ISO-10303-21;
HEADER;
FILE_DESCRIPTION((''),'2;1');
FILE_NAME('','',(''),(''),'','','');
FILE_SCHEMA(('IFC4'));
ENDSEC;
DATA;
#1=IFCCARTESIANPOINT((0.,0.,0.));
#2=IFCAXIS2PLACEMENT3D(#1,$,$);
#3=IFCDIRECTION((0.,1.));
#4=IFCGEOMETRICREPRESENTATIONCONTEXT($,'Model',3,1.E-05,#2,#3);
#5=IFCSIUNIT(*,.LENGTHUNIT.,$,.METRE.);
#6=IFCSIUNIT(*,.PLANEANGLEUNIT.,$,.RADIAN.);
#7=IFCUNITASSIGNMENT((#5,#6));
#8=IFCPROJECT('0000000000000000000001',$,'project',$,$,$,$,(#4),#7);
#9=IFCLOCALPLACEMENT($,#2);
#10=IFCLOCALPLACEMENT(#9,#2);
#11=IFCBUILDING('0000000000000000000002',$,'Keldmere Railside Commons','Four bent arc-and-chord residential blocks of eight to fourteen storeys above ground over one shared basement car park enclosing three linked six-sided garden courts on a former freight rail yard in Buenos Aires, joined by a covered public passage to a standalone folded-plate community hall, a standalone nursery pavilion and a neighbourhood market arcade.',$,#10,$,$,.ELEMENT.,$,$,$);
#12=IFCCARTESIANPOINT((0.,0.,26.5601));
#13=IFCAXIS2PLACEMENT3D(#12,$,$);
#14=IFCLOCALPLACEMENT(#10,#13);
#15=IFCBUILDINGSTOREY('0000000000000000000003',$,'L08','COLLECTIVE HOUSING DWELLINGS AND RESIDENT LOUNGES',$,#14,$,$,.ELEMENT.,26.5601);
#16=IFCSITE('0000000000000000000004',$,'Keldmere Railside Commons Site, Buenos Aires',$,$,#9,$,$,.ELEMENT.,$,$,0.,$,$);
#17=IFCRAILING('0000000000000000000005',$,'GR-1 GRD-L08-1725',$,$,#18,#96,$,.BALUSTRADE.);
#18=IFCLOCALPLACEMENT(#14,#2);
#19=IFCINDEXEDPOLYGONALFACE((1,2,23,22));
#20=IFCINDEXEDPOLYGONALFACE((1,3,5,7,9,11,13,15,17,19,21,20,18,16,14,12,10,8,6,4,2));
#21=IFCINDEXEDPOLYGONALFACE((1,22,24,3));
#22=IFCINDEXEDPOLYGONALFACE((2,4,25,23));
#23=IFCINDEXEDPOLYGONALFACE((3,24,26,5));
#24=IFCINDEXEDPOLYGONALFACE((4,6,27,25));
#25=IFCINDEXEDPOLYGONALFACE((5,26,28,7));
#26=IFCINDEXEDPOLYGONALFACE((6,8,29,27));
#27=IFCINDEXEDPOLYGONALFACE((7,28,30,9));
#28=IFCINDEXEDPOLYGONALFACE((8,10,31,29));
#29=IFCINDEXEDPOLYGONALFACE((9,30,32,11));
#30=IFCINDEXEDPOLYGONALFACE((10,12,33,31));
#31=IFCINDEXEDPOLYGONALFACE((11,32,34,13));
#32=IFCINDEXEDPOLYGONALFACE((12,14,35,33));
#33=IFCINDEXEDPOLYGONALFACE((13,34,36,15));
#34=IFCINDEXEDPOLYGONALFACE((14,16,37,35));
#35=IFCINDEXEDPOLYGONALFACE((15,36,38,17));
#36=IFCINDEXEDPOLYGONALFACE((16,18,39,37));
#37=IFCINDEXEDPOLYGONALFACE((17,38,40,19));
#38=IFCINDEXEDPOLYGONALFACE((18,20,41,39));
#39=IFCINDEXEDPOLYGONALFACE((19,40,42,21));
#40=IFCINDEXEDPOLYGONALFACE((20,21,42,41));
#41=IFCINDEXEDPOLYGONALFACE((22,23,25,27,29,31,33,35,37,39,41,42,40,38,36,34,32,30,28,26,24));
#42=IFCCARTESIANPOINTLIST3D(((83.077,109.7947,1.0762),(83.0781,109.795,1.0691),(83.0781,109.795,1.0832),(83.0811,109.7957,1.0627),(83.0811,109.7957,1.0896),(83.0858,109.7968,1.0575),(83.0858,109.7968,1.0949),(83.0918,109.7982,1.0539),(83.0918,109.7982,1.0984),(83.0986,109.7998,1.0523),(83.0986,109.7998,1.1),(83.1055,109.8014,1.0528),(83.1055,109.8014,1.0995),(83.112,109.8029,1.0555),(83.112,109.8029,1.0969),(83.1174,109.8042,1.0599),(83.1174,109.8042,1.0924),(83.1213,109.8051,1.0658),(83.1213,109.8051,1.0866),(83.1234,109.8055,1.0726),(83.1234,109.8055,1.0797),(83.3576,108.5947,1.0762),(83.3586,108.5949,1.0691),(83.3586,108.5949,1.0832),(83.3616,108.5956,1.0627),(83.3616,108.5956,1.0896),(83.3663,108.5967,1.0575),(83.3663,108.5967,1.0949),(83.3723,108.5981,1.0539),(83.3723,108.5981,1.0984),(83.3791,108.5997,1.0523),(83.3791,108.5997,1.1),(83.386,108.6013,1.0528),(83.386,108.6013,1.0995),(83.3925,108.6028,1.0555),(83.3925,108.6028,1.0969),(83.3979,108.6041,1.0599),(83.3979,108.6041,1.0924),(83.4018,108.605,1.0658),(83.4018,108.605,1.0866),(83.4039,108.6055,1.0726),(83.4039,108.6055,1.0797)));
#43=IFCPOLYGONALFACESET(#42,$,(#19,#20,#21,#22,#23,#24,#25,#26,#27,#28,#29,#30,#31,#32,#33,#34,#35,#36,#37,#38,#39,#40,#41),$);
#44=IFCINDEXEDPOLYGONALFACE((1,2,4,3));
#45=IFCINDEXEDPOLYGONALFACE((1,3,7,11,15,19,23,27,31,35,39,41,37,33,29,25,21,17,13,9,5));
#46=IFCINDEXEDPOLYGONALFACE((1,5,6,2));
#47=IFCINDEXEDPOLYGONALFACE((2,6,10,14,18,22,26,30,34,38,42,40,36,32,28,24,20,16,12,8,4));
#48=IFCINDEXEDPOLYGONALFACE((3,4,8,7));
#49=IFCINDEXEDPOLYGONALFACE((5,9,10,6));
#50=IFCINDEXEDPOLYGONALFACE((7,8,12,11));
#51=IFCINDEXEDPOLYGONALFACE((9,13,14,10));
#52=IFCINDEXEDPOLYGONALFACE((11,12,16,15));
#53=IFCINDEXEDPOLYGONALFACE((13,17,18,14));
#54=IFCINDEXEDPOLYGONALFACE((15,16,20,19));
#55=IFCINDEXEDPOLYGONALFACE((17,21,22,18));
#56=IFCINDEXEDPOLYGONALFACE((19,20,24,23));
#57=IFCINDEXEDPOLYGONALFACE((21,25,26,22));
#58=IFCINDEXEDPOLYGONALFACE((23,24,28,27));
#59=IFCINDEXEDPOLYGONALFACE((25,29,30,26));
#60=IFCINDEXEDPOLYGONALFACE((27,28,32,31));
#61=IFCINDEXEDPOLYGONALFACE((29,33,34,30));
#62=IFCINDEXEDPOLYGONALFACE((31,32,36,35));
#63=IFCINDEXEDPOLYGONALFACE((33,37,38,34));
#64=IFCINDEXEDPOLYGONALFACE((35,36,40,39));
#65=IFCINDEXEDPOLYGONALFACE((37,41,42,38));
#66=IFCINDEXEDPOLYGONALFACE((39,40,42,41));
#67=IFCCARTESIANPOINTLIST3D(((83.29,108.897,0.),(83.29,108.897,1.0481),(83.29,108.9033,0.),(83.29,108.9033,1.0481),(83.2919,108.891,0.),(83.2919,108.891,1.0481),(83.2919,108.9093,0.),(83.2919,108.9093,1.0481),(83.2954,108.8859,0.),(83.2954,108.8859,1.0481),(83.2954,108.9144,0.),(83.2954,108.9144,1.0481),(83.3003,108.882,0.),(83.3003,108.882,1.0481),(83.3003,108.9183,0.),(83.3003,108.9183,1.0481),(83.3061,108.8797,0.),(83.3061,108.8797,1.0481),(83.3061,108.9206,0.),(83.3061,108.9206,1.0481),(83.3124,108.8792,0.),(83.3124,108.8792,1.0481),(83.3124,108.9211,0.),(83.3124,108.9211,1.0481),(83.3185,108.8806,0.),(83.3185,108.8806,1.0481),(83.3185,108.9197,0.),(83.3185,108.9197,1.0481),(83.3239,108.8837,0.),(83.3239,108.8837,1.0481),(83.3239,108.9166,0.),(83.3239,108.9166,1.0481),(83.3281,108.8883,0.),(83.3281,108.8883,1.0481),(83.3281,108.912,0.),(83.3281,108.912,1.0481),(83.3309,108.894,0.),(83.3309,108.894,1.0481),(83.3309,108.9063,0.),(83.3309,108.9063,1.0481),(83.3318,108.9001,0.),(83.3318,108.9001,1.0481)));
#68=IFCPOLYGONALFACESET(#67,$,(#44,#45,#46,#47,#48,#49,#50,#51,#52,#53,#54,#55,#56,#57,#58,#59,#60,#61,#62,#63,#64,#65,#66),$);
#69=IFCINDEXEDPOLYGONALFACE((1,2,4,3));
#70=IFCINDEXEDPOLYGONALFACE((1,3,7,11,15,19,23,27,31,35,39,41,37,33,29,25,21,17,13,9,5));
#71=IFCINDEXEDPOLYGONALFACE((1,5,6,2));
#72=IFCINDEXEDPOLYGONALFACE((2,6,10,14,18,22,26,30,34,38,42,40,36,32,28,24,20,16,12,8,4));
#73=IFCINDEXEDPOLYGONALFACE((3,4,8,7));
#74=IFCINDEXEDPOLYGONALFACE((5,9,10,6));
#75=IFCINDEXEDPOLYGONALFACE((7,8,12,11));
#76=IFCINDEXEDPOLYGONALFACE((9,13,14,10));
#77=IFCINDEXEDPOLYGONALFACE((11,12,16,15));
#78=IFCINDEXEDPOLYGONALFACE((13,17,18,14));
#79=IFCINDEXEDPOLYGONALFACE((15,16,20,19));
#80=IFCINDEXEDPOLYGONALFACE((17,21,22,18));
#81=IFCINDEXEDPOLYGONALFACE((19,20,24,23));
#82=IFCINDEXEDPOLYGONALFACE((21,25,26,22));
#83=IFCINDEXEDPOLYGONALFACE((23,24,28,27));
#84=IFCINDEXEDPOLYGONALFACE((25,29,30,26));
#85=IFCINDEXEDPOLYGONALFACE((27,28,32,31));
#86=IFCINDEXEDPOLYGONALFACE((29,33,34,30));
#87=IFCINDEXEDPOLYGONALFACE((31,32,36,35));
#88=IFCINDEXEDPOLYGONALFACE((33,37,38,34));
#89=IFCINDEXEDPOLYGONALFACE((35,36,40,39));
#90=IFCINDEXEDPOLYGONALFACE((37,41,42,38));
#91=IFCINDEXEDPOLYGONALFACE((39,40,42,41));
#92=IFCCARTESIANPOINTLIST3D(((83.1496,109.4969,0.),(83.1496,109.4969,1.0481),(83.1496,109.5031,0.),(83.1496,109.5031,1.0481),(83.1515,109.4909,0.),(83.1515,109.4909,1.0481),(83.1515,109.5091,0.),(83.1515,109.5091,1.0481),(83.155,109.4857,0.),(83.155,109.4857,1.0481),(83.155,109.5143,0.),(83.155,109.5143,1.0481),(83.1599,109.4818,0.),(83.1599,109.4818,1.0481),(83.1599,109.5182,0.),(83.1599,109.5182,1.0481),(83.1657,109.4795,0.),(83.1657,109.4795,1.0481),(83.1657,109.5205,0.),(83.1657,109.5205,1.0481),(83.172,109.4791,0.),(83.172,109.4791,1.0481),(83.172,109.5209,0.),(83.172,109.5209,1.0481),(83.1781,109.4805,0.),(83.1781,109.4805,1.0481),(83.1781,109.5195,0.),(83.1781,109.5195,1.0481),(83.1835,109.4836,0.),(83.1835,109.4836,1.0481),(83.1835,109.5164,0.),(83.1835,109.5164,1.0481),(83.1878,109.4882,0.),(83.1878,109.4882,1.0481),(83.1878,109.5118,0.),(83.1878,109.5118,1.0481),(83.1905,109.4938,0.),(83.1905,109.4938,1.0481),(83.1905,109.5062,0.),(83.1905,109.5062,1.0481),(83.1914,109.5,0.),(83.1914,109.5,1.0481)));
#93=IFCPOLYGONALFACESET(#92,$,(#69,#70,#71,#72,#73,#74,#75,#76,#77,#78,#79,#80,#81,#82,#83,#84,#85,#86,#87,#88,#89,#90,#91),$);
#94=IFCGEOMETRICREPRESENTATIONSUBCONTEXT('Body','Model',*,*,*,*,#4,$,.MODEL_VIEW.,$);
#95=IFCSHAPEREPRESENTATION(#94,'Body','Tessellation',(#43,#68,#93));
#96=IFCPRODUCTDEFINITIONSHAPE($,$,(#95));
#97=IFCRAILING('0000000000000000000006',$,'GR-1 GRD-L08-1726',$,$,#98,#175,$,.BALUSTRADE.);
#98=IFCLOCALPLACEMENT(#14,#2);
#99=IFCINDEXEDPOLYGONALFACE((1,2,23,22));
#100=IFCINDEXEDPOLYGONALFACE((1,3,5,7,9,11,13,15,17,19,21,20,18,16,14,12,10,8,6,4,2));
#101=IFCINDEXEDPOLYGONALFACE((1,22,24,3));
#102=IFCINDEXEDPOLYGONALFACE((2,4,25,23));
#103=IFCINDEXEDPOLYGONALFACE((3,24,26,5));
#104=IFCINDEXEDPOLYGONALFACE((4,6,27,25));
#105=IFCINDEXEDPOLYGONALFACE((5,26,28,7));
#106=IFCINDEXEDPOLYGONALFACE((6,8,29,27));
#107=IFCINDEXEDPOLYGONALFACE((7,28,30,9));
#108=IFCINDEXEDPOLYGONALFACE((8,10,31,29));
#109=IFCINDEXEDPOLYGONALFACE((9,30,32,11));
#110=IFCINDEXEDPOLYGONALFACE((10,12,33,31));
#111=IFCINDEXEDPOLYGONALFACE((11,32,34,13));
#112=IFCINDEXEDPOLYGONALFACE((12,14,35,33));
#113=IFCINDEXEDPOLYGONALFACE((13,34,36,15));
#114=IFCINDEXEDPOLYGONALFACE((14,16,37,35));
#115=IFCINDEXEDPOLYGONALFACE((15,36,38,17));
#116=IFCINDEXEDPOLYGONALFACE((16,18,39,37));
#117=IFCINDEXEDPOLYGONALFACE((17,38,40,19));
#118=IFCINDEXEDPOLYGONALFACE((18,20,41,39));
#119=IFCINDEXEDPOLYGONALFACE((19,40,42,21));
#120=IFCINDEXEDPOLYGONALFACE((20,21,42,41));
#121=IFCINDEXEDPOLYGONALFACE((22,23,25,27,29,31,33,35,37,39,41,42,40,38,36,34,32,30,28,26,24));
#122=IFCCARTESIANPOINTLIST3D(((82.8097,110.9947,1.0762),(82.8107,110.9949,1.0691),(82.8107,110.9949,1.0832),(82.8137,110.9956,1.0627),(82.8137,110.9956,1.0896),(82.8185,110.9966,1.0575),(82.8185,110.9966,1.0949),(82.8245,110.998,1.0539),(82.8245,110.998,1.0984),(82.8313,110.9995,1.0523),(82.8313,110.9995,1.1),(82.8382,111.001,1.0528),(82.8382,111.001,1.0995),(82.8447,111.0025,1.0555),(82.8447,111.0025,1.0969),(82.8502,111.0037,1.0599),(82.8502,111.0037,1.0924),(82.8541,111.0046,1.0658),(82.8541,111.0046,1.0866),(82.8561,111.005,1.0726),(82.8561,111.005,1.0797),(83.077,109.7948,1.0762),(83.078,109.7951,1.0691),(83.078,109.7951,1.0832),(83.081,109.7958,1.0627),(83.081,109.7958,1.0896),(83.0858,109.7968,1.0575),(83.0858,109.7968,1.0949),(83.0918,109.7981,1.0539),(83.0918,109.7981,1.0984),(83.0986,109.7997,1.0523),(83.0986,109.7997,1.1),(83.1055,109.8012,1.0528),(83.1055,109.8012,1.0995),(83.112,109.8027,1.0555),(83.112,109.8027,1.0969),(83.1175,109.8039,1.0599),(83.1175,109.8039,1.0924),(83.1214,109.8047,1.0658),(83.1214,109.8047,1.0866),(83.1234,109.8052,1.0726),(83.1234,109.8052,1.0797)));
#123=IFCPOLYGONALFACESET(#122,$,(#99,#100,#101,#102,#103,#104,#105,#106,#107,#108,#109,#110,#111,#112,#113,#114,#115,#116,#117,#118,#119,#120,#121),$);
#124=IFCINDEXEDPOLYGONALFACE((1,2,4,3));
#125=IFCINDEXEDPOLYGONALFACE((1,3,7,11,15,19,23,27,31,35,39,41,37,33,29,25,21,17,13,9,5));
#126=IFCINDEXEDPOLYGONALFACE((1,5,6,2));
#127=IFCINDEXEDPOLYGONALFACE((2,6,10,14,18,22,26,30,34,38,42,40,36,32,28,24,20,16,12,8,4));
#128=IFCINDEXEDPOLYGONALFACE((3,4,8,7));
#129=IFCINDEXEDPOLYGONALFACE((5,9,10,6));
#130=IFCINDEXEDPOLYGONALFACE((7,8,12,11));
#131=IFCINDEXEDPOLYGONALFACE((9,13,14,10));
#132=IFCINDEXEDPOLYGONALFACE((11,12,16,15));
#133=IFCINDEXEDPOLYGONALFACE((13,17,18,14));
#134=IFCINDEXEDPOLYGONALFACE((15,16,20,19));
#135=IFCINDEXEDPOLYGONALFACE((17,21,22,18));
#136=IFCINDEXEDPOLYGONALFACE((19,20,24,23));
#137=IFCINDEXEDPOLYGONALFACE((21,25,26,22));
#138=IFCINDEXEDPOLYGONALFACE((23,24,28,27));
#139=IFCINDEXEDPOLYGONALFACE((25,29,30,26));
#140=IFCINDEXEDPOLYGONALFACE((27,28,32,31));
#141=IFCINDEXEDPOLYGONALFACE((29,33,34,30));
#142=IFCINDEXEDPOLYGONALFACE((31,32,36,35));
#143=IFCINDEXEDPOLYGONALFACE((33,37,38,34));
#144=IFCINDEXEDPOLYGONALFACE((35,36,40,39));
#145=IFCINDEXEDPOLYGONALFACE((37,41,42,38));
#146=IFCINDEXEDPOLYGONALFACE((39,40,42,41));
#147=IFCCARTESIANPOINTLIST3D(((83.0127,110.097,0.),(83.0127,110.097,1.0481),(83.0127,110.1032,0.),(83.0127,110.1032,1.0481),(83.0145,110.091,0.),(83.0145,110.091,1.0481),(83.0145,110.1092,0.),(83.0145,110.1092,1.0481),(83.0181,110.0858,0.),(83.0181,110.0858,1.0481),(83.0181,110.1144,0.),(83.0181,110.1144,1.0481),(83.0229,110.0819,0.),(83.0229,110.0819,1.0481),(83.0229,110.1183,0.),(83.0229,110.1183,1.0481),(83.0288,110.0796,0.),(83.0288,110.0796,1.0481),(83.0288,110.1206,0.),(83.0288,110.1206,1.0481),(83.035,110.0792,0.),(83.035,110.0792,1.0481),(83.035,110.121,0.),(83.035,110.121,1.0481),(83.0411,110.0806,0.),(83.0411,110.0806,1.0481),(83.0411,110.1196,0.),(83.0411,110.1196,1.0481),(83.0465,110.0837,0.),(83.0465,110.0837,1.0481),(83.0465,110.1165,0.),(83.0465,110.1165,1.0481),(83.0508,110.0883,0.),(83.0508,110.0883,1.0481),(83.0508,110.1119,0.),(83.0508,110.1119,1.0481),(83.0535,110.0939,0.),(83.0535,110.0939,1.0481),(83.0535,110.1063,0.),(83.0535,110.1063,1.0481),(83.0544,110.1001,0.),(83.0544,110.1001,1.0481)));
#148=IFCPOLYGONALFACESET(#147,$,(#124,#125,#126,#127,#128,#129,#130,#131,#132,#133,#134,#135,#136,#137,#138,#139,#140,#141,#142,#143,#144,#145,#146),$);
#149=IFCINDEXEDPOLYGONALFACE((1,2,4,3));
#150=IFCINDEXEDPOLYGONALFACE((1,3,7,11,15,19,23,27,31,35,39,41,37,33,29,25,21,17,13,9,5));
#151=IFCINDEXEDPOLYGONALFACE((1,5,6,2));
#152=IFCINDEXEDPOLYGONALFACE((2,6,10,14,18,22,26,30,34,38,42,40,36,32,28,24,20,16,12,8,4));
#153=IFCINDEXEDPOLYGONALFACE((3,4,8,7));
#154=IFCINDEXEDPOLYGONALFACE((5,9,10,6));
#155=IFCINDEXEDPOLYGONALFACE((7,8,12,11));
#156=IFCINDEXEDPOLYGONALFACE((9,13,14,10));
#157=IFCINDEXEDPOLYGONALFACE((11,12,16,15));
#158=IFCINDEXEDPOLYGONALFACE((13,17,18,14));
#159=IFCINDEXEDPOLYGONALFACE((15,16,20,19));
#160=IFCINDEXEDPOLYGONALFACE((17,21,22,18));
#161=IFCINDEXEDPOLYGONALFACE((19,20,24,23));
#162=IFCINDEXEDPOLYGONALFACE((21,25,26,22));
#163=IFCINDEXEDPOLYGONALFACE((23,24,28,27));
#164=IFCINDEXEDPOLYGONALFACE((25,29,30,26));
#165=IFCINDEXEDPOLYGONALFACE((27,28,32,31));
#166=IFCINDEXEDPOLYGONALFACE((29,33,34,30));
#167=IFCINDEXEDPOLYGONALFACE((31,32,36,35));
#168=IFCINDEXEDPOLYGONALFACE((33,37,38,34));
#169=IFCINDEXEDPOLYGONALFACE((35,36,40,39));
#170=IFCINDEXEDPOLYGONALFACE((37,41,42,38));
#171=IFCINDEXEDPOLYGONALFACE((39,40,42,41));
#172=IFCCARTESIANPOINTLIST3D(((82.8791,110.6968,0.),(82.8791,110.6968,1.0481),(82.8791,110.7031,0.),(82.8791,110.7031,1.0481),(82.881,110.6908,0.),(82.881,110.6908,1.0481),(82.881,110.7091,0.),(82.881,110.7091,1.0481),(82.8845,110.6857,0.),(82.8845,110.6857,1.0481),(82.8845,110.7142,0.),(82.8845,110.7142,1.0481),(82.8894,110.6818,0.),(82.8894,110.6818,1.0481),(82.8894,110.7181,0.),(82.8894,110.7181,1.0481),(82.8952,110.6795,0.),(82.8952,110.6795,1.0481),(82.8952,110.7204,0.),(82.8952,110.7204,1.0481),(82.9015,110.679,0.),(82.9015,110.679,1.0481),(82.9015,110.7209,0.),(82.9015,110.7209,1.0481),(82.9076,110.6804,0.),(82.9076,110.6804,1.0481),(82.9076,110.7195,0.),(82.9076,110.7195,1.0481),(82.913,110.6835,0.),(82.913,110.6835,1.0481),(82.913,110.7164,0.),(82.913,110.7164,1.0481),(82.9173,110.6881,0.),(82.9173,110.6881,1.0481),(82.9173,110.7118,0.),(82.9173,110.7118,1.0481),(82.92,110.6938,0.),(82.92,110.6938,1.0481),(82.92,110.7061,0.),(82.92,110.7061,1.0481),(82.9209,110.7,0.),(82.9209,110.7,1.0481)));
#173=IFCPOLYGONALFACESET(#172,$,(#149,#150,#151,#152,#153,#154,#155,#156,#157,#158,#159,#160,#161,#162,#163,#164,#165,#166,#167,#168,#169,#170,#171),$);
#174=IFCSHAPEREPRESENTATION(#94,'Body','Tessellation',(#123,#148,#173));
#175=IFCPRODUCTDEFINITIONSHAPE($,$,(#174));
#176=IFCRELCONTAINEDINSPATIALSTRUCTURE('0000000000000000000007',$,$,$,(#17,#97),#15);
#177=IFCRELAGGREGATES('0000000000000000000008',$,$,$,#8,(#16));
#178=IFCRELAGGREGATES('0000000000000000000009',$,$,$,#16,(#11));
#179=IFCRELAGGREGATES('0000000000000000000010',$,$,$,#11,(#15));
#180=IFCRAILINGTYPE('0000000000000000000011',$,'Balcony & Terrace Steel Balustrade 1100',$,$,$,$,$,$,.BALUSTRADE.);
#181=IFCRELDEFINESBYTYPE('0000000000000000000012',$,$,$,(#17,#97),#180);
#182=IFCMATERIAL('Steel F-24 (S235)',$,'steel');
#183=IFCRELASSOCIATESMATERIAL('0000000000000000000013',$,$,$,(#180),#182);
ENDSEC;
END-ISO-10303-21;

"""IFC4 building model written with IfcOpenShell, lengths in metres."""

from ifc_helpers import new_model, si_unit, direction, frame, origin, origin_2d, place, context, subcontext, project, spatial, circle, extrude, material, type_object, element, save


model = new_model("IFC4")

# Units and contexts
model_context = context("Model", 3, precision=1e-05, world=origin(), true_north=direction((0.0, 1.0)))
body_context = subcontext(model_context, "Body", "Model", "MODEL_VIEW")
ifc_project = project(units=[si_unit("LENGTHUNIT", "METRE"), si_unit("PLANEANGLEUNIT", "RADIAN")], contexts=[model_context])

# Site, building, storey
site_placement = place(None, origin())
site = spatial("IfcSite", under=ifc_project, at=site_placement, Name="Keldmere Railside Commons Site, Buenos Aires", CompositionType="ELEMENT", RefElevation=0.0)
building_placement = place(site_placement, origin())
building = spatial("IfcBuilding", under=site, at=building_placement, Name="Keldmere Railside Commons", Description="Four bent arc-and-chord residential blocks of eight to fourteen storeys above ground over one shared basement car park enclosing three linked six-sided garden courts on a former freight rail yard in Buenos Aires, joined by a covered public passage to a standalone folded-plate community hall, a standalone nursery pavilion and a neighbourhood market arcade.", CompositionType="ELEMENT")
storey_placement = place(building_placement, frame((0.0, 0.0, 26.5601)))
storey = spatial("IfcBuildingStorey", under=building, at=storey_placement, Name="L08", Description="COLLECTIVE HOUSING DWELLINGS AND RESIDENT LOUNGES", CompositionType="ELEMENT", Elevation=26.5601)

# Railings
ifc_material_1 = material(Name="Steel F-24 (S235)", Category="steel")
railing_type = type_object("IfcRailingType", Name="Balcony & Terrace Steel Balustrade 1100", PredefinedType="BALUSTRADE", material=ifc_material_1)
railing_1_placement = place(storey_placement, frame((83.3809, 108.6001, 0.0)))
element("IfcRailing", 1, at=railing_1_placement, inside=storey, type_object=railing_type, Name="GR-1 GRD-L08-1725", PredefinedType="BALUSTRADE", context=body_context, shape_type="SweptSolid", body=[
    extrude(circle(Radius=0.0239, at=origin_2d()), frame((0.0, 0.0, 1.0762), z_axis=(-0.227637, 0.973746, 0.0), x_axis=(-0.973746, -0.227637, 0.0)), (0.0, 0.0, 1.0), 1.2324),
    extrude(circle(Radius=0.021, at=origin_2d()), frame((-0.0701, 0.3, 0.0)), (0.0, 0.0, 1.0), 1.0481),
    extrude(circle(Radius=0.021, at=origin_2d()), frame((-0.2104, 0.8999, 0.0)), (0.0, 0.0, 1.0), 1.0481),
])
railing_2_placement = place(storey_placement, frame((83.1003, 109.8, 0.0)))
element("IfcRailing", 2, at=railing_2_placement, inside=storey, type_object=railing_type, Name="GR-1 GRD-L08-1726", PredefinedType="BALUSTRADE", context=body_context, shape_type="SweptSolid", body=[
    extrude(circle(Radius=0.0239, at=origin_2d()), frame((0.0, 0.0, 1.0762), z_axis=(-0.217456, 0.97607, 0.0), x_axis=(-0.97607, -0.217456, 0.0)), (0.0, 0.0, 1.0), 1.2292),
    extrude(circle(Radius=0.021, at=origin_2d()), frame((-0.0669, 0.3, 0.0)), (0.0, 0.0, 1.0), 1.0481),
    extrude(circle(Radius=0.021, at=origin_2d()), frame((-0.2004, 0.8999, 0.0)), (0.0, 0.0, 1.0), 1.0481),
])

save(model, "model.ifc")
